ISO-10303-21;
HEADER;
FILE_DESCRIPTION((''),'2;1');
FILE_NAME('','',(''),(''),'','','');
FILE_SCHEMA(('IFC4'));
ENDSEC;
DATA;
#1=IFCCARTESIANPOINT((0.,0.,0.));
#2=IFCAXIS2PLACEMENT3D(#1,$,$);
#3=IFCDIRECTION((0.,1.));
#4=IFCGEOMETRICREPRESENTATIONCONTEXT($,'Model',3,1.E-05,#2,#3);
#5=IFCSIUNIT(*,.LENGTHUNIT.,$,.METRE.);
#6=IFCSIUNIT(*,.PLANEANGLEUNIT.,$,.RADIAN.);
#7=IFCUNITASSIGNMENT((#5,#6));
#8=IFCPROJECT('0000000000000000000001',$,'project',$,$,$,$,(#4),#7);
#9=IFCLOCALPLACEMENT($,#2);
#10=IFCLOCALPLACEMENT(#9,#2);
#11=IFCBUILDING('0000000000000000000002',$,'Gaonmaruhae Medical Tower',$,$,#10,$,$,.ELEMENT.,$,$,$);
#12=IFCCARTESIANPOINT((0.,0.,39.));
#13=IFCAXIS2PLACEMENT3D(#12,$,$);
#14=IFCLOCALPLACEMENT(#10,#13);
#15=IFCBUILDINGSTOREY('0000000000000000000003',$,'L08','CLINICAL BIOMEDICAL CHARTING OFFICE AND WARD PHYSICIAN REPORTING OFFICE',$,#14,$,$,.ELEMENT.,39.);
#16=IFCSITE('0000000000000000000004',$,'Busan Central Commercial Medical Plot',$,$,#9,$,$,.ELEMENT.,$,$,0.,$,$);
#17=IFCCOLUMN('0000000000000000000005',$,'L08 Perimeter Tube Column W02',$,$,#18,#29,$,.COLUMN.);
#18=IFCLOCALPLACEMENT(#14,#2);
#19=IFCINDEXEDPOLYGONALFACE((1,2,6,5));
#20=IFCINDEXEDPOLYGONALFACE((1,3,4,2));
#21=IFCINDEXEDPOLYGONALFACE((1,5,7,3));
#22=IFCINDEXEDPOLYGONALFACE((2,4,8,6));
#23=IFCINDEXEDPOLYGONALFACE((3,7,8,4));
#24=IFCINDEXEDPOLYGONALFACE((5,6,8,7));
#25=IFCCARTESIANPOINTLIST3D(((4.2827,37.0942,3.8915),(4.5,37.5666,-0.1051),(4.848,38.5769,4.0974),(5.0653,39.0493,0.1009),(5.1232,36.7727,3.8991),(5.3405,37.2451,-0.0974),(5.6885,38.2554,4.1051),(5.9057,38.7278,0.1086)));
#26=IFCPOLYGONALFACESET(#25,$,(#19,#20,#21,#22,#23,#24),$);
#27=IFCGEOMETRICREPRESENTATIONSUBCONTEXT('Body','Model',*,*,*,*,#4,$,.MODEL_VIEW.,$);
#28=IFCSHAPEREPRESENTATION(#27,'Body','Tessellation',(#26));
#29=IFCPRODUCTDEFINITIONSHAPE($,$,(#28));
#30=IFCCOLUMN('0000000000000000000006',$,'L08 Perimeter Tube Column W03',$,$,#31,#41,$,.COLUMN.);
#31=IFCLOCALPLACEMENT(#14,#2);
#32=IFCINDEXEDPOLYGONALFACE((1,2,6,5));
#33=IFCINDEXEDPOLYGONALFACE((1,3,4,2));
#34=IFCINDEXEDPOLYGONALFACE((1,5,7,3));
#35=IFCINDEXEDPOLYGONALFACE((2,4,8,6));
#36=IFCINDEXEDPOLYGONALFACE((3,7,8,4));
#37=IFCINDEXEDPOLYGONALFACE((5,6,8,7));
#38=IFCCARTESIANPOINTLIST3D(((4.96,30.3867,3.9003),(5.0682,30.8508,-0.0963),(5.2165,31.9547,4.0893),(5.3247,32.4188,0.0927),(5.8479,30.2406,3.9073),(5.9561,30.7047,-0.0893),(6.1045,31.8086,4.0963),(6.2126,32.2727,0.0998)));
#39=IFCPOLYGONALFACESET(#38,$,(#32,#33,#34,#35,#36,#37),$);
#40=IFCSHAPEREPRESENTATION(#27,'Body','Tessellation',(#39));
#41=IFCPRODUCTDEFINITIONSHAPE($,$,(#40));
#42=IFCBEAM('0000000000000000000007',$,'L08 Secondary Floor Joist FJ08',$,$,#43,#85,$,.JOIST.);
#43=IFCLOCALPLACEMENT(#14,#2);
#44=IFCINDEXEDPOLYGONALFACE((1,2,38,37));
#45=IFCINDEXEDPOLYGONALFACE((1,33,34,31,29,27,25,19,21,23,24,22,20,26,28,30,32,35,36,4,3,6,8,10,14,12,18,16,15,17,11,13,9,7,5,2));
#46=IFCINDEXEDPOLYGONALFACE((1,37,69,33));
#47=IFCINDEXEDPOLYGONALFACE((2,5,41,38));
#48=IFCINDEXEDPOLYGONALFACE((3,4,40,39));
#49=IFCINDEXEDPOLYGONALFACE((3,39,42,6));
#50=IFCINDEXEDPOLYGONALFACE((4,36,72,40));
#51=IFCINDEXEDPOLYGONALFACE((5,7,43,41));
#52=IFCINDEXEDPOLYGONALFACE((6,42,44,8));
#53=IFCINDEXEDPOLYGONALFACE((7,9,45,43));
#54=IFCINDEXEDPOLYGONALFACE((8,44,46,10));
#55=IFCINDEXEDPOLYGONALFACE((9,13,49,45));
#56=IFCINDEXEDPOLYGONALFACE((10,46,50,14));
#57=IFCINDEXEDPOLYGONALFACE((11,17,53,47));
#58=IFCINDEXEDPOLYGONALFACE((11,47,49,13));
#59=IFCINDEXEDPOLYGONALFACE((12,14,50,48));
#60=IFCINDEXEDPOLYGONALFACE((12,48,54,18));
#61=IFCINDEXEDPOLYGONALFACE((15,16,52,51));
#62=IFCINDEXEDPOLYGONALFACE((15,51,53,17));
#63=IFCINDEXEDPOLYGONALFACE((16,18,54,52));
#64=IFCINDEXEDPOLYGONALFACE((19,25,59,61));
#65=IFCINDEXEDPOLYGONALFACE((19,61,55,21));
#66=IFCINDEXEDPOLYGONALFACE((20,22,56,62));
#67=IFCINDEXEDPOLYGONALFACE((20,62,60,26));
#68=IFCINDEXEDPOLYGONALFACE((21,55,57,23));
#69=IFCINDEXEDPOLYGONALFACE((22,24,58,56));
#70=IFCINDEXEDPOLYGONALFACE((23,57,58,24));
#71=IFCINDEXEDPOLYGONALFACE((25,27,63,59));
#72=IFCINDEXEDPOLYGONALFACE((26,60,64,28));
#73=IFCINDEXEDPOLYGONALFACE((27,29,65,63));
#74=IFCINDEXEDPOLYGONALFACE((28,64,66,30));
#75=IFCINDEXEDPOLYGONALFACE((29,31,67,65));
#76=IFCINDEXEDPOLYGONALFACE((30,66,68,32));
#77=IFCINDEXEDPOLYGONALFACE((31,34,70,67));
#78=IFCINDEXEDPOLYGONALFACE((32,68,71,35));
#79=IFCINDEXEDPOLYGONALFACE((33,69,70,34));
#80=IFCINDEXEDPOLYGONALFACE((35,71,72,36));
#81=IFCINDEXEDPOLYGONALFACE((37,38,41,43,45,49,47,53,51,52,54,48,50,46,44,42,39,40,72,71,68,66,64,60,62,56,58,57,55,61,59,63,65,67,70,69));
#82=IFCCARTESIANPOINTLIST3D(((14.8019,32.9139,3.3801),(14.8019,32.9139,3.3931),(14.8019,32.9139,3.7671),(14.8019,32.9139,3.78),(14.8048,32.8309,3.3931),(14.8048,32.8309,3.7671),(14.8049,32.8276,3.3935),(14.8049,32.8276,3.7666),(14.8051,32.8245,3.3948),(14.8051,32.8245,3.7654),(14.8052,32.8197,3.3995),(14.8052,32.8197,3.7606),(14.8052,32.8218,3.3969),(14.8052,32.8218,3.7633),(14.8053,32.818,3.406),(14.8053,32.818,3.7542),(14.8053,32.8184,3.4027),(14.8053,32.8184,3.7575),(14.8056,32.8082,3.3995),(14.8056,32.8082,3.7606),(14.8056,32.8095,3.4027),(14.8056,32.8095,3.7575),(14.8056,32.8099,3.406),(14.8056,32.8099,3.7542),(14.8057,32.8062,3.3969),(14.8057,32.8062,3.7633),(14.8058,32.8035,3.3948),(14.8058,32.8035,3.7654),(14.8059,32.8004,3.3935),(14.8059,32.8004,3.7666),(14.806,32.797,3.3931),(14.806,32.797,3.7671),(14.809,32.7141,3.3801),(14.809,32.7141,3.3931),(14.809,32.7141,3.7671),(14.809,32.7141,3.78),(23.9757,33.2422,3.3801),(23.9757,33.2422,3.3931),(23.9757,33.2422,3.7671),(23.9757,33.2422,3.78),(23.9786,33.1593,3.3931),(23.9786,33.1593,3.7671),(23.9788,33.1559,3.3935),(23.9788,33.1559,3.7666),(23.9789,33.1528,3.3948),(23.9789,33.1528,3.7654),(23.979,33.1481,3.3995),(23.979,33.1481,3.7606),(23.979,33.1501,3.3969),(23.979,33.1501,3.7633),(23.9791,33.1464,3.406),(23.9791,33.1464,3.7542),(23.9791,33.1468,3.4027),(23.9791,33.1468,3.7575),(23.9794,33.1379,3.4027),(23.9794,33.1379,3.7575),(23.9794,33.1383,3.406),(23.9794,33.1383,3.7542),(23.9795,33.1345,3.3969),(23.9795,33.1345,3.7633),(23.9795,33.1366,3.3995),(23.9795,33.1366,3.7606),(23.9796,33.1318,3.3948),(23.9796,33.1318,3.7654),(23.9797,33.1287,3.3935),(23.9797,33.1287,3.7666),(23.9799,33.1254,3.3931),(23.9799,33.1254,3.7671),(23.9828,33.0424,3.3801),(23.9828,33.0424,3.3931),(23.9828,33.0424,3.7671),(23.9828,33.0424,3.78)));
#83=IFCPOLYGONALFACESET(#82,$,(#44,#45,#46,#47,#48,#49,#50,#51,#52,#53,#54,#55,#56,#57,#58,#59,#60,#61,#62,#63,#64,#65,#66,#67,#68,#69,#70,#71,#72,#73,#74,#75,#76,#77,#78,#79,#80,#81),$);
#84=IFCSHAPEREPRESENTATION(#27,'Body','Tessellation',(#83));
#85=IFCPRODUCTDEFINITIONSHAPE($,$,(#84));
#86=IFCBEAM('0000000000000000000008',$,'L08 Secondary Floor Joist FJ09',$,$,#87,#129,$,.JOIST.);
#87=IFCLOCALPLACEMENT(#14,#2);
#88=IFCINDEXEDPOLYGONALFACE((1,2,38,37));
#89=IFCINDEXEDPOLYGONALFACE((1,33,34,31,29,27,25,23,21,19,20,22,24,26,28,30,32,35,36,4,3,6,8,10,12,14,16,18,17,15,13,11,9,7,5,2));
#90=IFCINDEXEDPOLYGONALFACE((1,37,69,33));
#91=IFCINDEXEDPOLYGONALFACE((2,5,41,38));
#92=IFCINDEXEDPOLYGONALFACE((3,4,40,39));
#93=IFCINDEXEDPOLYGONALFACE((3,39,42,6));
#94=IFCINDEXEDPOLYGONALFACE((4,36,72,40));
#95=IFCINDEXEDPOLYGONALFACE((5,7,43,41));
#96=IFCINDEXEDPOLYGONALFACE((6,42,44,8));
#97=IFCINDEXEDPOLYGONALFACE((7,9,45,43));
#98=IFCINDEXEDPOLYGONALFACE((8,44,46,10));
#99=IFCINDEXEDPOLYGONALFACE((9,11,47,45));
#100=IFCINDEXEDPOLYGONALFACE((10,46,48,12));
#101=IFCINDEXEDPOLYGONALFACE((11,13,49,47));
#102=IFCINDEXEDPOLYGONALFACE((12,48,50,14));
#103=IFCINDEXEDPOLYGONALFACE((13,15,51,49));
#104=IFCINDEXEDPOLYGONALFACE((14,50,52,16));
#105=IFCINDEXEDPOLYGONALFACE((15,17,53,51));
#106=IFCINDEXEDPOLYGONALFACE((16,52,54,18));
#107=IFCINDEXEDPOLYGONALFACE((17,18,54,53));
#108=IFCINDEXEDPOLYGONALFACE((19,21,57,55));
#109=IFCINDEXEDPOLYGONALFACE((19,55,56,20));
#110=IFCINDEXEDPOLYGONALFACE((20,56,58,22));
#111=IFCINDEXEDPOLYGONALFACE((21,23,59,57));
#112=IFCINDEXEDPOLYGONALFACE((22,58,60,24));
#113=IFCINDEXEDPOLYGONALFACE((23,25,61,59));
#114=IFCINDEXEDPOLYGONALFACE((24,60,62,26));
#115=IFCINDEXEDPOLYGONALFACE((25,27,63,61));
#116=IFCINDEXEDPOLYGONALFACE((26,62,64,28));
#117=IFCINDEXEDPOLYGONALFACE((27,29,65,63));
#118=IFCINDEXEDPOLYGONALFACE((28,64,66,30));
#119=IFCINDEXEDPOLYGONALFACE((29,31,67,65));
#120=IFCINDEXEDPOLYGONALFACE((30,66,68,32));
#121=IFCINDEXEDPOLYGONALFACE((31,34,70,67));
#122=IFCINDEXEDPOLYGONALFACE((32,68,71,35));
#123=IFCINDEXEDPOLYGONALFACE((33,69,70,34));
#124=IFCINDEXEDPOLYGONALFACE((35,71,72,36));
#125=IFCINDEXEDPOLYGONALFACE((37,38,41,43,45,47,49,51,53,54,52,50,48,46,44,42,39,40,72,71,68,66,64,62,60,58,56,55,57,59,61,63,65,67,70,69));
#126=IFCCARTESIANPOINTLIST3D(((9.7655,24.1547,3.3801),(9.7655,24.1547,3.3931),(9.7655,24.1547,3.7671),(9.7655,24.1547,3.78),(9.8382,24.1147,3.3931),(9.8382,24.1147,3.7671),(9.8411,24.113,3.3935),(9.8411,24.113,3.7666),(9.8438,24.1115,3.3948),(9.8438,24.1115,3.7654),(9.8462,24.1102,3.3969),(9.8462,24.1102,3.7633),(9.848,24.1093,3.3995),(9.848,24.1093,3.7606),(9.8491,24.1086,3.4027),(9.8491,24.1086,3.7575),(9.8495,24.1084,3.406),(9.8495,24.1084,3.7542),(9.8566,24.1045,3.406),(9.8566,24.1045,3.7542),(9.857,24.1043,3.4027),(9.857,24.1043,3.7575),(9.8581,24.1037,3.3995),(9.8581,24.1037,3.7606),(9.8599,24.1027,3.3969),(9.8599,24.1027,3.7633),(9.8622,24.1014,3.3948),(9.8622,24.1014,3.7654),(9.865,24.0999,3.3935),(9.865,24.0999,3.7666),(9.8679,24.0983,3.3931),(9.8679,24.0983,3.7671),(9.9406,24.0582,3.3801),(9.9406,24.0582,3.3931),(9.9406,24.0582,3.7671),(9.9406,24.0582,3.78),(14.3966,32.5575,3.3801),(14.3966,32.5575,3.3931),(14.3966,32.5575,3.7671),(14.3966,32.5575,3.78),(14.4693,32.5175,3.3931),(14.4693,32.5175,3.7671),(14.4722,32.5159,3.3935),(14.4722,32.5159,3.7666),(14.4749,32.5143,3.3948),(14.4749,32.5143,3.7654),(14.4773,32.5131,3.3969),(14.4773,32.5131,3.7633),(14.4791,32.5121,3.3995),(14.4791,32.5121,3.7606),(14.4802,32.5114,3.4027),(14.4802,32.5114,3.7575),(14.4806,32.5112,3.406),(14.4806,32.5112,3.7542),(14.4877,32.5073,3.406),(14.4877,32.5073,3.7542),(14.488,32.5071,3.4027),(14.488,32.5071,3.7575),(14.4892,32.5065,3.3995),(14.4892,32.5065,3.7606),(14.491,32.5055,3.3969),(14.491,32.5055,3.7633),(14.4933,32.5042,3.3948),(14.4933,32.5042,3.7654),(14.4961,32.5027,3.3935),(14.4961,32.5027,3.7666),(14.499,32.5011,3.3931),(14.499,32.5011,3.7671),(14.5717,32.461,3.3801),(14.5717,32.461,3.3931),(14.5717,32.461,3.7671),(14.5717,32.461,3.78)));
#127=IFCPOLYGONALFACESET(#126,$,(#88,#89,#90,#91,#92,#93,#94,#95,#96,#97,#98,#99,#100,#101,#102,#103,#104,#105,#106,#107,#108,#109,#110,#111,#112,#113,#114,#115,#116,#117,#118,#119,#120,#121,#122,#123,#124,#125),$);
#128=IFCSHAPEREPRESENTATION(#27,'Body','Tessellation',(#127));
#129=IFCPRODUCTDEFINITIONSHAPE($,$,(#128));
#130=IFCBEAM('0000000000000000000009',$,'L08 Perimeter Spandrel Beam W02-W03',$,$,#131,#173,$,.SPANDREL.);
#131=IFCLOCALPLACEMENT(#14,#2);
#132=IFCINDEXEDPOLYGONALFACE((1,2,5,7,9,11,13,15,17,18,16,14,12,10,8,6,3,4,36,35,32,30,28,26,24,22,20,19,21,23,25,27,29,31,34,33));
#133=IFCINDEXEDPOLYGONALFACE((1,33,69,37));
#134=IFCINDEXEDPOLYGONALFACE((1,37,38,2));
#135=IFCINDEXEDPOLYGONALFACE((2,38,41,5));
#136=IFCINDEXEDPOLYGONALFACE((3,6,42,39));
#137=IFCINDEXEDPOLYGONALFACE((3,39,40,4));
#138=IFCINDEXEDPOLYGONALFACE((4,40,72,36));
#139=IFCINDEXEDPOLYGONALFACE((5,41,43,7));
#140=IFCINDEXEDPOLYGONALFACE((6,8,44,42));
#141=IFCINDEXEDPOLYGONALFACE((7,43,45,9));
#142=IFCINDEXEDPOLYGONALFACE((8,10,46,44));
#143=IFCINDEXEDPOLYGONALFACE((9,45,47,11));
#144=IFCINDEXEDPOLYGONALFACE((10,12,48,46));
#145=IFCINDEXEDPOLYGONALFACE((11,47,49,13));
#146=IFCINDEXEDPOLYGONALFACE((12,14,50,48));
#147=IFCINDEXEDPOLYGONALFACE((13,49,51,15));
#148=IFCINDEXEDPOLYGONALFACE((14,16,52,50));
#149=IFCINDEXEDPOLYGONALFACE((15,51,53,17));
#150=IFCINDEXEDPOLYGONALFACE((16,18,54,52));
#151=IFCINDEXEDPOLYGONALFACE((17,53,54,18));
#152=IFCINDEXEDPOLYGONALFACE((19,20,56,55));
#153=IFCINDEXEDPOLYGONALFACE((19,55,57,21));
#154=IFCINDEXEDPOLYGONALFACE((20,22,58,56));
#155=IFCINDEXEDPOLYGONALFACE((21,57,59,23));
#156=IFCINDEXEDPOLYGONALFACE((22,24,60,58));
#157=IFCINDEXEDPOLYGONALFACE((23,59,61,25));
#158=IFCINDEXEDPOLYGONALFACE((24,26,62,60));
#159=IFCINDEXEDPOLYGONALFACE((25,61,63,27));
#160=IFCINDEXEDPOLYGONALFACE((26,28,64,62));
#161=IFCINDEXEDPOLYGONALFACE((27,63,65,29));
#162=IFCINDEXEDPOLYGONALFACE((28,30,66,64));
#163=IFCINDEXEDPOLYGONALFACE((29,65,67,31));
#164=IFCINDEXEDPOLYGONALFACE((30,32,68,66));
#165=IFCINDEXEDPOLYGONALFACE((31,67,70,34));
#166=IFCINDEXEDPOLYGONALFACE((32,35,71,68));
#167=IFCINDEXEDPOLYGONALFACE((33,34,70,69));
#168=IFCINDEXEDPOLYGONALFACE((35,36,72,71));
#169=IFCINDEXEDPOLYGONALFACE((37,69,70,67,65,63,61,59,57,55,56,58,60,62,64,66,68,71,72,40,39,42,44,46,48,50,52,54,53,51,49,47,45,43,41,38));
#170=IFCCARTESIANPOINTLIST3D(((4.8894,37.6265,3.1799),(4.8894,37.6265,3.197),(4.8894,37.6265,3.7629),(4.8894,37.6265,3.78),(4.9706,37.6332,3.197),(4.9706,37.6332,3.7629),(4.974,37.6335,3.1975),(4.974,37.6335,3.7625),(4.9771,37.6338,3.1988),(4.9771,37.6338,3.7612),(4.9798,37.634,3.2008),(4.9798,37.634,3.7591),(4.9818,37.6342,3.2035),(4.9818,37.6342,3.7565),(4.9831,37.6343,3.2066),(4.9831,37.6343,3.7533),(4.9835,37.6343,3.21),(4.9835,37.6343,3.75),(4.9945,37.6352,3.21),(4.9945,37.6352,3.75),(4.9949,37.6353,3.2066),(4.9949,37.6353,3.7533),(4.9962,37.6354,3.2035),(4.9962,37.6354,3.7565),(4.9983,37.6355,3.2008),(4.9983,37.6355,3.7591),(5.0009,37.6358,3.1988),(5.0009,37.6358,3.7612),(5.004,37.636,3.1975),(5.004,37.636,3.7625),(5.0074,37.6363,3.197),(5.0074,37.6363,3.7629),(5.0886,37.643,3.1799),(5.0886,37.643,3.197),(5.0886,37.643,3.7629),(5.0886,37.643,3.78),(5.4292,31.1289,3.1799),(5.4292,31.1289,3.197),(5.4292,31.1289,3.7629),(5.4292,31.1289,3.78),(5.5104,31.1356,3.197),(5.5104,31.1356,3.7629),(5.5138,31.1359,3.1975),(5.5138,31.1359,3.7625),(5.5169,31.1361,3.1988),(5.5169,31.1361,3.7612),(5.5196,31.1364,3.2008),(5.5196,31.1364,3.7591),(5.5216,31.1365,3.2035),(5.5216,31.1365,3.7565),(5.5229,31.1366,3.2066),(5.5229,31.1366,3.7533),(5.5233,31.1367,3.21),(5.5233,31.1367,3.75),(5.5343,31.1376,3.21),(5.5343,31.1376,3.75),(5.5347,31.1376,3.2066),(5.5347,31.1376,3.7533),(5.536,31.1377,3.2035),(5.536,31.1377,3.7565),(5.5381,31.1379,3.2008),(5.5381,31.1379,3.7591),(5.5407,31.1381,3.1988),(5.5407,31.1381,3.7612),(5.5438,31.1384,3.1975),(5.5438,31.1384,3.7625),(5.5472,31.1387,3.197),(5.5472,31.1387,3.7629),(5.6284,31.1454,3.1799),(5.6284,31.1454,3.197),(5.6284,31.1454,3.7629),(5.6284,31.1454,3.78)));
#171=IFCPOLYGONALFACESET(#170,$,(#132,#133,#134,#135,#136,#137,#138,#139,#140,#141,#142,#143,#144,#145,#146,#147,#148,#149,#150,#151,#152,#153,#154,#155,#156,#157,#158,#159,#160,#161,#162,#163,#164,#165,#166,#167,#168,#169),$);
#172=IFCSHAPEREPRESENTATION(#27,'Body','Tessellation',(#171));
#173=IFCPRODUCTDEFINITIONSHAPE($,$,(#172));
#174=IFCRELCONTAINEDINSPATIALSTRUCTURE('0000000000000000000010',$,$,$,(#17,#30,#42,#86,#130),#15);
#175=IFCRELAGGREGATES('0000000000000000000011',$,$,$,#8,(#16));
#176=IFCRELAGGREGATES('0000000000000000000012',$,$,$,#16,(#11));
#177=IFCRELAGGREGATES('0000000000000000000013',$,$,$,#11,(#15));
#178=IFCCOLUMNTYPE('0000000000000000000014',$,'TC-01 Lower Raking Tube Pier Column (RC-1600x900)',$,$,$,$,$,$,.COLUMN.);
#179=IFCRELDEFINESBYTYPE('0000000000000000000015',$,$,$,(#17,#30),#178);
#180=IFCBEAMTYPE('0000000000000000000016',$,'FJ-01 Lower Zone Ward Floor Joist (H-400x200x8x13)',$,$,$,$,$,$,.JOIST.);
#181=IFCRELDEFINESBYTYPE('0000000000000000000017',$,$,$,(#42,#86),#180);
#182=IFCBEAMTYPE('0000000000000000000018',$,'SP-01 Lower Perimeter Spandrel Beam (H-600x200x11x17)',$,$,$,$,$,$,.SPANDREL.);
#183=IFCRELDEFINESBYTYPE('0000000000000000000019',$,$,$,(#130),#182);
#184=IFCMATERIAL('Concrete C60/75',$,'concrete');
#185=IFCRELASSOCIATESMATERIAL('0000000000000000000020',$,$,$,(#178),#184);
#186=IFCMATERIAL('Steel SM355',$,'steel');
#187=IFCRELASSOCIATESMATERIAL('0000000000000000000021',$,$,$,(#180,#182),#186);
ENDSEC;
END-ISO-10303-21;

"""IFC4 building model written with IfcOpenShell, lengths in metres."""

from ifc_helpers import new_model, si_unit, direction, frame, origin, origin_2d, place, context, subcontext, project, spatial, rectangle, i_section, extrude, material, material_profile, profile_set, type_object, element, save


model = new_model("IFC4")

# Units and contexts
model_context = context("Model", 3, precision=1e-05, world=origin(), true_north=direction((0.0, 1.0)))
body_context = subcontext(model_context, "Body", "Model", "MODEL_VIEW")
ifc_project = project(units=[si_unit("LENGTHUNIT", "METRE"), si_unit("PLANEANGLEUNIT", "RADIAN")], contexts=[model_context])

# Site, building, storey
site_placement = place(None, origin())
site = spatial("IfcSite", under=ifc_project, at=site_placement, Name="Busan Central Commercial Medical Plot", CompositionType="ELEMENT", RefElevation=0.0)
building_placement = place(site_placement, origin())
building = spatial("IfcBuilding", under=site, at=building_placement, Name="Gaonmaruhae Medical Tower", CompositionType="ELEMENT")
storey_placement = place(building_placement, frame((0.0, 0.0, 39.0)))
storey = spatial("IfcBuildingStorey", under=building, at=storey_placement, Name="L08", Description="CLINICAL BIOMEDICAL CHARTING OFFICE AND WARD PHYSICIAN REPORTING OFFICE", CompositionType="ELEMENT", Elevation=39.0)

# Columns
ifc_material_1 = material(Name="Concrete C60/75", Category="concrete")
ifc_material_profile_1 = material_profile(ifc_material_1, rectangle(XDim=1.6001, YDim=0.8999, at=origin_2d()), Name="RC-1600x900")
ifc_profile_set_1 = profile_set([ifc_material_profile_1], Name="Concrete C60/75")
column_type = type_object("IfcColumnType", Name="TC-01 Lower Raking Tube Pier Column (RC-1600x900)", PredefinedType="COLUMN", material=ifc_profile_set_1)
column_1_placement = place(storey_placement, frame((5.2029, 38.1472, 0.0017), z_axis=(-0.053913, -0.117216, 0.991642), x_axis=(0.353253, 0.926628, 0.128737)))
element("IfcColumn", 1, at=column_1_placement, inside=storey, type_object=column_type, Name="L08 Perimeter Tube Column W02", PredefinedType="COLUMN", context=body_context, shape_type="SweptSolid", body=[
    extrude(rectangle(XDim=1.6001, YDim=0.8999, at=origin_2d()), origin(), (0.0, 0.0, 1.0), 4.0303),
])
column_2_placement = place(storey_placement, frame((5.6404, 31.5618, 0.0017), z_axis=(-0.026871, -0.11531, 0.992966), x_axis=(0.160318, 0.97997, 0.11814)))
element("IfcColumn", 2, at=column_2_placement, inside=storey, type_object=column_type, Name="L08 Perimeter Tube Column W03", PredefinedType="COLUMN", context=body_context, shape_type="SweptSolid", body=[
    extrude(rectangle(XDim=1.6001, YDim=0.8999, at=origin_2d()), origin(), (0.0, 0.0, 1.0), 4.0249),
])

# Beams
ifc_material_2 = material(Name="Steel SM355", Category="steel")
ifc_material_profile_2 = material_profile(ifc_material_2, i_section(OverallWidth=0.2, OverallDepth=0.3999, WebThickness=0.0081, FlangeThickness=0.0129, FilletRadius=0.0129, at=origin_2d()), Name="H-400x200x8x13")
ifc_profile_set_2 = profile_set([ifc_material_profile_2], Name="Steel SM355")
beam_type_1 = type_object("IfcBeamType", Name="FJ-01 Lower Zone Ward Floor Joist (H-400x200x8x13)", PredefinedType="JOIST", material=ifc_profile_set_2)
beam_1_placement = place(storey_placement, frame((23.9792, 33.1423, 3.5801), z_axis=(-0.99936, -0.035771, 0.0), x_axis=(0.035771, -0.99936, 0.0)))
element("IfcBeam", 3, at=beam_1_placement, inside=storey, type_object=beam_type_1, Name="L08 Secondary Floor Joist FJ08", PredefinedType="JOIST", context=body_context, shape_type="SweptSolid", body=[
    extrude(i_section(OverallWidth=0.2, OverallDepth=0.3999, WebThickness=0.0081, FlangeThickness=0.0129, FilletRadius=0.0129, at=origin_2d()), origin(), (0.0, 0.0, 1.0), 9.1797),
])
beam_2_placement = place(storey_placement, frame((14.4841, 32.5093, 3.5801), z_axis=(-0.482682, -0.875795, 0.0), x_axis=(0.875795, -0.482682, 0.0)))
element("IfcBeam", 4, at=beam_2_placement, inside=storey, type_object=beam_type_1, Name="L08 Secondary Floor Joist FJ09", PredefinedType="JOIST", context=body_context, shape_type="SweptSolid", body=[
    extrude(i_section(OverallWidth=0.2, OverallDepth=0.3999, WebThickness=0.0081, FlangeThickness=0.0129, FilletRadius=0.0129, at=origin_2d()), origin(), (0.0, 0.0, 1.0), 9.5945),
])
ifc_material_profile_3 = material_profile(ifc_material_2, i_section(OverallWidth=0.2, OverallDepth=0.6001, WebThickness=0.011, FlangeThickness=0.0171, FilletRadius=0.0129, at=origin_2d()), Name="H-600x200x11x17")
ifc_profile_set_3 = profile_set([ifc_material_profile_3], Name="Steel SM355")
beam_type_2 = type_object("IfcBeamType", Name="SP-01 Lower Perimeter Spandrel Beam (H-600x200x11x17)", PredefinedType="SPANDREL", material=ifc_profile_set_3)
beam_3_placement = place(storey_placement, frame((4.989, 37.6348, 3.48), z_axis=(0.082791, -0.996567, 0.0), x_axis=(0.996567, 0.082791, 0.0)))
element("IfcBeam", 5, at=beam_3_placement, inside=storey, type_object=beam_type_2, Name="L08 Perimeter Spandrel Beam W02-W03", PredefinedType="SPANDREL", context=body_context, shape_type="SweptSolid", body=[
    extrude(i_section(OverallWidth=0.2, OverallDepth=0.6001, WebThickness=0.011, FlangeThickness=0.0171, FilletRadius=0.0129, at=origin_2d()), origin(), (0.0, 0.0, 1.0), 6.52),
])

save(model, "model.ifc")
